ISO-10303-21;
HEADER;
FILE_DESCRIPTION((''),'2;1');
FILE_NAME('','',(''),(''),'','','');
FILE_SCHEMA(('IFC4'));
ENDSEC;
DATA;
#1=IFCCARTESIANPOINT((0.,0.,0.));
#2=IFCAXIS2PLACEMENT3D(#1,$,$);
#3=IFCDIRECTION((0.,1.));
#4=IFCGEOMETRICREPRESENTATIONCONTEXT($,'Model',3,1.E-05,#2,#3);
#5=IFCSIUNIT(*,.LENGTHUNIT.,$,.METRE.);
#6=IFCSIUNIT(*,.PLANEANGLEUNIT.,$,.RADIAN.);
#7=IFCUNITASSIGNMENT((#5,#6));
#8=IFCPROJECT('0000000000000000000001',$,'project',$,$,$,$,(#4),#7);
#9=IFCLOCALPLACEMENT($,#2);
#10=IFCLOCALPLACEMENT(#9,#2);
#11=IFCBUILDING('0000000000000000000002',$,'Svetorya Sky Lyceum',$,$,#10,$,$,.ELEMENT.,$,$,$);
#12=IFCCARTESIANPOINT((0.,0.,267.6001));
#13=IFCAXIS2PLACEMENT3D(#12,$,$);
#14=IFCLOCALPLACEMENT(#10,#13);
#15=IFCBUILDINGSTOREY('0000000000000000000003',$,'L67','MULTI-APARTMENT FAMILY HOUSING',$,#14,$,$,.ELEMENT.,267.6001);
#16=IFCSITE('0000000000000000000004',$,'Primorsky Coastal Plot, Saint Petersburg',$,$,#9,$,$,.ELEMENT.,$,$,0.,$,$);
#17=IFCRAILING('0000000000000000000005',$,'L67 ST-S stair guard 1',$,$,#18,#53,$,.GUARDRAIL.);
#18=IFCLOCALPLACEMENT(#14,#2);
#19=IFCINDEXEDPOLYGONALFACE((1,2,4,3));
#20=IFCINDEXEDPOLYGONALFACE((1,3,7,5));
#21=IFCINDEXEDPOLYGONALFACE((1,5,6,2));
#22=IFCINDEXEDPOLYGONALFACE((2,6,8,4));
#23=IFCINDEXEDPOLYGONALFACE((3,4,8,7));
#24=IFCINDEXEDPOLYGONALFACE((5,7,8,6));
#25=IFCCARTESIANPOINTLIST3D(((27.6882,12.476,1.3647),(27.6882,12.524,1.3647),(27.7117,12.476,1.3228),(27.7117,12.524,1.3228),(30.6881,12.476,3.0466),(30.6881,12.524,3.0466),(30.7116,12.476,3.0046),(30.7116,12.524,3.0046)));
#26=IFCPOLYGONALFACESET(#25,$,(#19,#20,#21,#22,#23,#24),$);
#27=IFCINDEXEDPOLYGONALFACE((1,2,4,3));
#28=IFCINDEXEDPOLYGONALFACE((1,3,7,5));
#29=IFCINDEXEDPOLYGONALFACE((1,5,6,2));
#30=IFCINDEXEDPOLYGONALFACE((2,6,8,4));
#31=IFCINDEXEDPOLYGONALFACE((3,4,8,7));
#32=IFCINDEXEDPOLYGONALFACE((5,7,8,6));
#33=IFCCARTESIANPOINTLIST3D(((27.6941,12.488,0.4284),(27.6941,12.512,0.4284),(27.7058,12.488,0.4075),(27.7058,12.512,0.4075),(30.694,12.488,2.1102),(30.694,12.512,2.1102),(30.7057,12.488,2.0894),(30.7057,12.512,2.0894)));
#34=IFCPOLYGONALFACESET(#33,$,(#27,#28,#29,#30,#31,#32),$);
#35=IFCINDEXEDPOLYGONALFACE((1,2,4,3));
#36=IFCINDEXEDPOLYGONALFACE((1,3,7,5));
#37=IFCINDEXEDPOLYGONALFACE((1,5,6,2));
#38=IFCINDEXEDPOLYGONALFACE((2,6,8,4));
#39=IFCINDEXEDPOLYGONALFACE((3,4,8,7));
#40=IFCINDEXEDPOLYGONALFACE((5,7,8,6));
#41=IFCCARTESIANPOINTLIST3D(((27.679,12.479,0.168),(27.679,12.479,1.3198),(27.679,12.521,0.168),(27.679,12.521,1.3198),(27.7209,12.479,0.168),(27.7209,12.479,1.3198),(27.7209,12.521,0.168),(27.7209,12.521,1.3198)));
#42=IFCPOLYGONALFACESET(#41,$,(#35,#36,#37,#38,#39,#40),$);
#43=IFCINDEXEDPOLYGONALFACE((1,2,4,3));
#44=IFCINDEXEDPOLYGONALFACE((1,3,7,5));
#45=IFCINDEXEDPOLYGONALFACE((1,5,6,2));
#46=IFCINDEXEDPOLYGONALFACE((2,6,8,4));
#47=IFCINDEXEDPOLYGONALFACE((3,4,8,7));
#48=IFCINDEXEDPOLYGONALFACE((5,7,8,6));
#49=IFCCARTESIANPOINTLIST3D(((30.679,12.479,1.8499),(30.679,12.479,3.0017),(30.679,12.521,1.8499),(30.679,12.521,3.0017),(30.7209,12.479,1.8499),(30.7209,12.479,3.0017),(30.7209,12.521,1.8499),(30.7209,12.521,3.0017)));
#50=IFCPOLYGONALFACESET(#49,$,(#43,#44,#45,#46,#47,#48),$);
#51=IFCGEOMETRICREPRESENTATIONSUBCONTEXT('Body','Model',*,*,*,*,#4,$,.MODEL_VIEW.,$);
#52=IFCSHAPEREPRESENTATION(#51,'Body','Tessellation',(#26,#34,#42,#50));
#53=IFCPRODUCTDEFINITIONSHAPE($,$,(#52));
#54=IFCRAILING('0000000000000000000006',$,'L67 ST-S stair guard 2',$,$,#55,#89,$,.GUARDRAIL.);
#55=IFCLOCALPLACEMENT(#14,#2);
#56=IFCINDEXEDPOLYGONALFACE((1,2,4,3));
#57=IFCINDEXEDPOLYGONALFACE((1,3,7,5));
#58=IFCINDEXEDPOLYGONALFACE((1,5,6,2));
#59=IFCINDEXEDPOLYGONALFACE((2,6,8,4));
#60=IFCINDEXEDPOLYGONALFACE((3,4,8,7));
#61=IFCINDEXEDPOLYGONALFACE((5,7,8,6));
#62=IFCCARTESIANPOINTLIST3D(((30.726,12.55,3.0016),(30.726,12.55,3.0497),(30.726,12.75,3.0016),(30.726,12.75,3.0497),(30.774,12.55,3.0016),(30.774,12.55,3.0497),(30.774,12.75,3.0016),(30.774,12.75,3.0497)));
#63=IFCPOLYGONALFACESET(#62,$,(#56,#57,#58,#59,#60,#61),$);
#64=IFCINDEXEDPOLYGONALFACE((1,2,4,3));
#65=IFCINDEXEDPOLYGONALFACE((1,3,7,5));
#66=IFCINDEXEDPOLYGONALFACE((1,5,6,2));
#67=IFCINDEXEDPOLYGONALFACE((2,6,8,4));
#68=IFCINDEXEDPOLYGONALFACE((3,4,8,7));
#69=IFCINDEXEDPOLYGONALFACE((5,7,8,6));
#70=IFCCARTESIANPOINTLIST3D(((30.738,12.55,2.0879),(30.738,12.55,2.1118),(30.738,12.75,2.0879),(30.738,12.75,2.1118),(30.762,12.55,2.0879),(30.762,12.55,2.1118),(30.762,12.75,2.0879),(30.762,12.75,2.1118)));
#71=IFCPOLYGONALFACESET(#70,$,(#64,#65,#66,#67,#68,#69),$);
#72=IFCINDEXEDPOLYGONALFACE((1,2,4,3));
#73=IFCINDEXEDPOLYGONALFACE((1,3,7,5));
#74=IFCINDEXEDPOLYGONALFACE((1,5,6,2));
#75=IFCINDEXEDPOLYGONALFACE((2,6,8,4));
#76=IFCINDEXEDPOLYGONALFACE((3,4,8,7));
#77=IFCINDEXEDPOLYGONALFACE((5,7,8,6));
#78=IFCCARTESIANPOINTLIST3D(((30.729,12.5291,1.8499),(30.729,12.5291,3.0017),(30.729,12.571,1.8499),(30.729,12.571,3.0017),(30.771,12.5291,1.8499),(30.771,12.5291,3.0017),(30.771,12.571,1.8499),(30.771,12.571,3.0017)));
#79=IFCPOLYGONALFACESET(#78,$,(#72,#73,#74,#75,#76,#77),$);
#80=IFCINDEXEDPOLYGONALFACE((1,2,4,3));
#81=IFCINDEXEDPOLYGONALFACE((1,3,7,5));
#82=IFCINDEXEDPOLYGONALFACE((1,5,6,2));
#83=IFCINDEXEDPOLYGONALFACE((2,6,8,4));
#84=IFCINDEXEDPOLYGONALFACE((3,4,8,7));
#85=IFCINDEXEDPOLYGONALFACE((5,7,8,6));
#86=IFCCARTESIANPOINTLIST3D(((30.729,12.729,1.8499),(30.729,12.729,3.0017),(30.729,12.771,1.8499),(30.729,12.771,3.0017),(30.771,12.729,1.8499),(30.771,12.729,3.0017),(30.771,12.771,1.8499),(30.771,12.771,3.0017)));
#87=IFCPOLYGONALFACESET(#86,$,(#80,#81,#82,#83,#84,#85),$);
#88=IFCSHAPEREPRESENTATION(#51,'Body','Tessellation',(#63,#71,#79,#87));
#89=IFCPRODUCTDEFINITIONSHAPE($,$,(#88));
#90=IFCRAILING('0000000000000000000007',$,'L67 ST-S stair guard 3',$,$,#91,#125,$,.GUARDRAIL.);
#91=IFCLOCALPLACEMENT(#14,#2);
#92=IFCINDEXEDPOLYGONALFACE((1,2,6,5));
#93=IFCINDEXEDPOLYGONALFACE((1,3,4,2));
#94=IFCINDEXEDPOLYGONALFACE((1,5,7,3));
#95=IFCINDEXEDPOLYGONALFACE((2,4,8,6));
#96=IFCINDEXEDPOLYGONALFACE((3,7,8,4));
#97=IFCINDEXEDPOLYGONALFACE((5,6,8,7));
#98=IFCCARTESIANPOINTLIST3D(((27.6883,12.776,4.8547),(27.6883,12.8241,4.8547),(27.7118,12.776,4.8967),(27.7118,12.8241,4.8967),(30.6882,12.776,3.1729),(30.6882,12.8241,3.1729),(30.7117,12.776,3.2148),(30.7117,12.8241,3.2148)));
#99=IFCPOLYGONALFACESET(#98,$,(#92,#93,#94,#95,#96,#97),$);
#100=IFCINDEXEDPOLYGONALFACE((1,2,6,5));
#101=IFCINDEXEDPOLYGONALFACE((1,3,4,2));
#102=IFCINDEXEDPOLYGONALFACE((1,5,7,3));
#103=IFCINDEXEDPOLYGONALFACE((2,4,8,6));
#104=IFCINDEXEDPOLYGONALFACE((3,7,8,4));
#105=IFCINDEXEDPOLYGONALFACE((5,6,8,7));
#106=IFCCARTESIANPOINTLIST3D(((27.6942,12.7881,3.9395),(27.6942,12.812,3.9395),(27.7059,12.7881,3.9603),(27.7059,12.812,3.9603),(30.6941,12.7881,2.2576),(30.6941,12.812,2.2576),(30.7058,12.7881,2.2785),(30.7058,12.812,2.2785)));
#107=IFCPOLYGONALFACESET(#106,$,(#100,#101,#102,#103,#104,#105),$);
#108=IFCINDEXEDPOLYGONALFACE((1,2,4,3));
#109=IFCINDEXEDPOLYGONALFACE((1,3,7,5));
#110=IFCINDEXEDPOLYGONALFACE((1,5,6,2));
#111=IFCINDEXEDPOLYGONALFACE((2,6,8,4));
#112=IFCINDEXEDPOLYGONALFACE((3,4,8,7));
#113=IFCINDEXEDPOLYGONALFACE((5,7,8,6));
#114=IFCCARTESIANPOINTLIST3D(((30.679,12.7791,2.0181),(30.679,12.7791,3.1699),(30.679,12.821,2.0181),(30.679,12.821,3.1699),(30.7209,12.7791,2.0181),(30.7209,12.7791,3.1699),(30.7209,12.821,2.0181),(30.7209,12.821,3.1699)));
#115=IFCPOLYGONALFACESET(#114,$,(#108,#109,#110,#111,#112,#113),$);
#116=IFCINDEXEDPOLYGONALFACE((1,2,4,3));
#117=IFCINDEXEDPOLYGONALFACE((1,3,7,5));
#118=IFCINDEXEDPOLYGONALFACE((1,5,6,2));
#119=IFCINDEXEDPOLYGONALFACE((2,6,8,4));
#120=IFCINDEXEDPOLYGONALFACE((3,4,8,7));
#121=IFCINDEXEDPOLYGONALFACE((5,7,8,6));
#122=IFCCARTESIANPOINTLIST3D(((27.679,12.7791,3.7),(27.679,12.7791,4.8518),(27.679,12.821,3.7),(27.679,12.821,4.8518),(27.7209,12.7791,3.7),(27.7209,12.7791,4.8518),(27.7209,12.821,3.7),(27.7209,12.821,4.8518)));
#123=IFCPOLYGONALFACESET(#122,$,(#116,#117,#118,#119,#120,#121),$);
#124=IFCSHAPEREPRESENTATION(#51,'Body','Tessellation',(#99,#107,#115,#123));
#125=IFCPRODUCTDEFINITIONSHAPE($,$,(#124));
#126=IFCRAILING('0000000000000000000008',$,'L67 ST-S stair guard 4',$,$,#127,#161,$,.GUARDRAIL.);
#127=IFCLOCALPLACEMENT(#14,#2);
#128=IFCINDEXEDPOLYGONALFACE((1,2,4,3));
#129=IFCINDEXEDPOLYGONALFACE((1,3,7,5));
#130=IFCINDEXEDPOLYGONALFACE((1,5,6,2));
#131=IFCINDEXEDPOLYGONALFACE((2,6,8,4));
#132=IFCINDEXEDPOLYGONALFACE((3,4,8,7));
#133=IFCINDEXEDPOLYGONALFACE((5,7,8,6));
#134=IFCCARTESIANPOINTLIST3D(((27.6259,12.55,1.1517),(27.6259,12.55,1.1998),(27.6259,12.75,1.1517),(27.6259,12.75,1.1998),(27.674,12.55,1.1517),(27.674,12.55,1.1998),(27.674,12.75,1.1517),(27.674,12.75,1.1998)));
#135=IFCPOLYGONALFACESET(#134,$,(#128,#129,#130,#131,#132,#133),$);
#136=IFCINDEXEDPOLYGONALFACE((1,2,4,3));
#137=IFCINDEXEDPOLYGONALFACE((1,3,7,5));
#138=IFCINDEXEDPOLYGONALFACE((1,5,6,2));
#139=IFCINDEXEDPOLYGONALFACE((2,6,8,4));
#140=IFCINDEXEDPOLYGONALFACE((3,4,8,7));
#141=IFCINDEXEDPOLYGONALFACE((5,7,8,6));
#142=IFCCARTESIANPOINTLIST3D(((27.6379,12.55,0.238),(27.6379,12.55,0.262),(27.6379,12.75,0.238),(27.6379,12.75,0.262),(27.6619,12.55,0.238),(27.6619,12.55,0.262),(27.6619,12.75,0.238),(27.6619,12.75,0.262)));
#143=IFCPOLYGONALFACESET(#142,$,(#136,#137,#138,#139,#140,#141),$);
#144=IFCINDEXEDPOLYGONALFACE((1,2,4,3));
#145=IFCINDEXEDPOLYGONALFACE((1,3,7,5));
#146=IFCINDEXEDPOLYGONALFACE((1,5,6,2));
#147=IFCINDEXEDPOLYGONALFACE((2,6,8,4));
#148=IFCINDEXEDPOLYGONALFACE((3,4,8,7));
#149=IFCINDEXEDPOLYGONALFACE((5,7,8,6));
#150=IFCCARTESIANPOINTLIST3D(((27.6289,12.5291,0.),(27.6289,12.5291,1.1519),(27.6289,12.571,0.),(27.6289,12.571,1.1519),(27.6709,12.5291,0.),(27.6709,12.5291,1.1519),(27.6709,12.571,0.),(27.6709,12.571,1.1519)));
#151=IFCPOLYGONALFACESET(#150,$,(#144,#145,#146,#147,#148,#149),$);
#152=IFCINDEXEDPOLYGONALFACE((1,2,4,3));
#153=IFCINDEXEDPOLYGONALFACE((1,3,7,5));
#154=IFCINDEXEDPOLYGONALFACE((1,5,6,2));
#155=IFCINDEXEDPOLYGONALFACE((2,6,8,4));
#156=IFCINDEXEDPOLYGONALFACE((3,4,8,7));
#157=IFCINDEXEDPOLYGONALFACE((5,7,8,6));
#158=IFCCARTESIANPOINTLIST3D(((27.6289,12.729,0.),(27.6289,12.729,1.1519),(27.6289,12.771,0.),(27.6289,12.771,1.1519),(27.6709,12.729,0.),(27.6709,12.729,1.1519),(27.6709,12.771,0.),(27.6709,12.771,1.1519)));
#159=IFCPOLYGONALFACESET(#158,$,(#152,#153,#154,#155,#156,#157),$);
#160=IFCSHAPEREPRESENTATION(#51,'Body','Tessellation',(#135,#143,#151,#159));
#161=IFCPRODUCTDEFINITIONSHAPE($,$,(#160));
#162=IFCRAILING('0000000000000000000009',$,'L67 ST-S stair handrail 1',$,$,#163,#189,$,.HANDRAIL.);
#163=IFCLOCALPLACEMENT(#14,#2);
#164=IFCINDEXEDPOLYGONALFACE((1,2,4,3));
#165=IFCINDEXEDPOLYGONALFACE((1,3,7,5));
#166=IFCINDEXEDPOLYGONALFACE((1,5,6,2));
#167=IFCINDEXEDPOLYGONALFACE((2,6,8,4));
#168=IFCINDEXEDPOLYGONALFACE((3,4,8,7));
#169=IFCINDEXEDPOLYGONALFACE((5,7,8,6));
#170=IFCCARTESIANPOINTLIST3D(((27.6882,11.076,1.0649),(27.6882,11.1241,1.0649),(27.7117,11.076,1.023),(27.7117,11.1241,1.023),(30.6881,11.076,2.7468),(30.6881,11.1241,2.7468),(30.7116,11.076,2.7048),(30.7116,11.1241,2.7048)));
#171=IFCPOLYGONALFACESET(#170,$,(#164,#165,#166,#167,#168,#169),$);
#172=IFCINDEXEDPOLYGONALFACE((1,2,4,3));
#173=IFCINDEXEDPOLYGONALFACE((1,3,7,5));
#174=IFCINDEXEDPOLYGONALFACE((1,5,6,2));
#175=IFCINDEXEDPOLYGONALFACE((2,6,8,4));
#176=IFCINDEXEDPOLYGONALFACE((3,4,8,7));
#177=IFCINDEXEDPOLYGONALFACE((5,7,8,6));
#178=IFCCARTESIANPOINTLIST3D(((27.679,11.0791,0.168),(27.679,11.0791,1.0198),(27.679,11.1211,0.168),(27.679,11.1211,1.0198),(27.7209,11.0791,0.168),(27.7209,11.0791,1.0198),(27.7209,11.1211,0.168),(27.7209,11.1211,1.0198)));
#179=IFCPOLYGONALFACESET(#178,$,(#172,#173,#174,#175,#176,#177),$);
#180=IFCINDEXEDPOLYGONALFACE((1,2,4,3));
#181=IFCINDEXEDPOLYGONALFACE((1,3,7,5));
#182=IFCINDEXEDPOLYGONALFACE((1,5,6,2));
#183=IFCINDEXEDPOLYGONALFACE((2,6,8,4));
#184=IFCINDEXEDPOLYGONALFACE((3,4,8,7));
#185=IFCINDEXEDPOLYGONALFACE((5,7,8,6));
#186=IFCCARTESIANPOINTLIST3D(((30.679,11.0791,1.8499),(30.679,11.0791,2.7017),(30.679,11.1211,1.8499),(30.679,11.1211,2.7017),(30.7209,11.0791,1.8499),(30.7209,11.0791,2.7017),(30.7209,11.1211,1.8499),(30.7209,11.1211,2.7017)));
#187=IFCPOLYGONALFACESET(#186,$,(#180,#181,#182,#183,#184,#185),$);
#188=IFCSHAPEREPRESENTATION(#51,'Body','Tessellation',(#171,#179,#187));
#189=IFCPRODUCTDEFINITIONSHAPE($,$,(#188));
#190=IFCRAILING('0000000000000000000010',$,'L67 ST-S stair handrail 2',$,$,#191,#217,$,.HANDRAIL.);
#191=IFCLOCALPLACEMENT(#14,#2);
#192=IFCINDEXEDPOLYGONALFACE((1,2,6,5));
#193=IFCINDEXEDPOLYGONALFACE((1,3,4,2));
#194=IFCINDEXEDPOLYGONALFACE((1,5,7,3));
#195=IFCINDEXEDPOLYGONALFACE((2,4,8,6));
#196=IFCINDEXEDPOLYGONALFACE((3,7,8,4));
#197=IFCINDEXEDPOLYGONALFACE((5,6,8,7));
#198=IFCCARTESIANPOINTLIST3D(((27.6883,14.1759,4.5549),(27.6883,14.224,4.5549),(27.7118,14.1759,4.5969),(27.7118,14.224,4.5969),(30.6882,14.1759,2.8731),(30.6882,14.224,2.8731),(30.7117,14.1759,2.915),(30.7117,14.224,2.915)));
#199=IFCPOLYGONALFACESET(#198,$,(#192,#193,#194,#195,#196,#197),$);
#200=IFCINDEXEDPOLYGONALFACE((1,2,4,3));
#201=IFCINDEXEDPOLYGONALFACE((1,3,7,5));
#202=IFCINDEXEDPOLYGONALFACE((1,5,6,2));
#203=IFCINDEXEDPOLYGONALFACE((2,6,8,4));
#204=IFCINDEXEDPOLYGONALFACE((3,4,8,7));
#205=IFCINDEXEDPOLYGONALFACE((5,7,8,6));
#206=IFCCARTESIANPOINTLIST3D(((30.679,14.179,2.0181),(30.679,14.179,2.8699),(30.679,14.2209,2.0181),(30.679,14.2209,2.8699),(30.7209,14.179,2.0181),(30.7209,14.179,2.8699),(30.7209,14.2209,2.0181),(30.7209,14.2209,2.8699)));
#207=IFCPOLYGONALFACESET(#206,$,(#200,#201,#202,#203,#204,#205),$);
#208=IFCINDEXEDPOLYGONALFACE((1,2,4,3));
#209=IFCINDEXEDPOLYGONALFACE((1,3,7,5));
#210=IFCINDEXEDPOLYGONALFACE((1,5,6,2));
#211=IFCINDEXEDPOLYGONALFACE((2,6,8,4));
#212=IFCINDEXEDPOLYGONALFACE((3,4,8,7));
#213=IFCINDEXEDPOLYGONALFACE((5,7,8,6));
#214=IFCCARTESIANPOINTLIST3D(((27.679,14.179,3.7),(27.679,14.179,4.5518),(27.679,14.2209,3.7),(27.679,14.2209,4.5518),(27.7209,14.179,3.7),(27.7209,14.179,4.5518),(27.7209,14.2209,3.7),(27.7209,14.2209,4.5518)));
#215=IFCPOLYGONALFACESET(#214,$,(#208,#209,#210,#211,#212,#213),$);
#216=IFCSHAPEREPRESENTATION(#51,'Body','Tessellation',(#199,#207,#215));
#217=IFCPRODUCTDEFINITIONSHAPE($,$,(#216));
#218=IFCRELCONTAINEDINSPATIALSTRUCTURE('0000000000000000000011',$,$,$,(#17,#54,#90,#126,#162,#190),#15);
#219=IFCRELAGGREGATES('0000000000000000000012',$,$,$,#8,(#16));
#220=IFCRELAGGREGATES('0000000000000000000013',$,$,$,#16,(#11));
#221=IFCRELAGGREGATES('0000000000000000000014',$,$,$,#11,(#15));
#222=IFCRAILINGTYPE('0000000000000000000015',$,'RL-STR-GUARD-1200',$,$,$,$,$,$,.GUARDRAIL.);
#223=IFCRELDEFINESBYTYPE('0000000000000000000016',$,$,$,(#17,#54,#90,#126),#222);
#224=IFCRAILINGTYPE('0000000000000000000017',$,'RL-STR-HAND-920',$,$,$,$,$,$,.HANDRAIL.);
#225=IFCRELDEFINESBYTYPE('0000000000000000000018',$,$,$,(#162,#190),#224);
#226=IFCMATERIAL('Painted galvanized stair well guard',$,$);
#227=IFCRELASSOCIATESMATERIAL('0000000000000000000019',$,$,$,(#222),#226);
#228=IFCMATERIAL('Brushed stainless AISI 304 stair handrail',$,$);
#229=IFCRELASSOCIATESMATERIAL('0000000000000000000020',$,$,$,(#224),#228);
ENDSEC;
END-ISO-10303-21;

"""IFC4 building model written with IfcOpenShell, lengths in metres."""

from ifc_helpers import new_model, si_unit, direction, frame, origin, origin_2d, place, context, subcontext, project, spatial, rectangle, extrude, material, type_object, element, save


model = new_model("IFC4")

# Units and contexts
model_context = context("Model", 3, precision=1e-05, world=origin(), true_north=direction((0.0, 1.0)))
body_context = subcontext(model_context, "Body", "Model", "MODEL_VIEW")
ifc_project = project(units=[si_unit("LENGTHUNIT", "METRE"), si_unit("PLANEANGLEUNIT", "RADIAN")], contexts=[model_context])

# Site, building, storey
site_placement = place(None, origin())
site = spatial("IfcSite", under=ifc_project, at=site_placement, Name="Primorsky Coastal Plot, Saint Petersburg", CompositionType="ELEMENT", RefElevation=0.0)
building_placement = place(site_placement, origin())
building = spatial("IfcBuilding", under=site, at=building_placement, Name="Svetorya Sky Lyceum", CompositionType="ELEMENT")
storey_placement = place(building_placement, frame((0.0, 0.0, 267.6001)))
storey = spatial("IfcBuildingStorey", under=building, at=storey_placement, Name="L67", Description="MULTI-APARTMENT FAMILY HOUSING", CompositionType="ELEMENT", Elevation=267.6001)

# Railings
ifc_material_1 = material(Name="Painted galvanized stair well guard")
railing_type_1 = type_object("IfcRailingType", Name="RL-STR-GUARD-1200", PredefinedType="GUARDRAIL", material=ifc_material_1)
railing_1_placement = place(storey_placement, frame((27.7, 12.5, 0.168)))
element("IfcRailing", 1, at=railing_1_placement, inside=storey, type_object=railing_type_1, Name="L67 ST-S stair guard 1", PredefinedType="GUARDRAIL", context=body_context, shape_type="SweptSolid", body=[
    extrude(rectangle(XDim=0.0481, YDim=0.0481, at=origin_2d()), frame((0.0, 0.0, 1.1758), z_axis=(0.872272, 0.0, 0.48902), x_axis=(0.0, 1.0, 0.0)), (0.0, 0.0, 1.0), 3.4392),
    extrude(rectangle(XDim=0.0239, YDim=0.0239, at=origin_2d()), frame((0.0, 0.0, 0.25), z_axis=(0.872272, 0.0, 0.48902), x_axis=(0.0, 1.0, 0.0)), (0.0, 0.0, 1.0), 3.4392),
    extrude(rectangle(XDim=0.042, YDim=0.042, at=origin_2d()), origin(), (0.0, 0.0, 1.0), 1.1519),
    extrude(rectangle(XDim=0.042, YDim=0.042, at=origin_2d()), frame((3.0, 0.0, 1.6819)), (0.0, 0.0, 1.0), 1.1519),
])
railing_2_placement = place(storey_placement, frame((30.75, 12.55, 1.8499)))
element("IfcRailing", 2, at=railing_2_placement, inside=storey, type_object=railing_type_1, Name="L67 ST-S stair guard 2", PredefinedType="GUARDRAIL", context=body_context, shape_type="SweptSolid", body=[
    extrude(rectangle(XDim=0.0481, YDim=0.0481, at=origin_2d()), frame((0.0, 0.0, 1.1758), z_axis=(0.0, 1.0, 0.0), x_axis=(-1.0, 0.0, 0.0)), (0.0, 0.0, 1.0), 0.2),
    extrude(rectangle(XDim=0.0239, YDim=0.0239, at=origin_2d()), frame((0.0, 0.0, 0.25), z_axis=(0.0, 1.0, 0.0), x_axis=(-1.0, 0.0, 0.0)), (0.0, 0.0, 1.0), 0.2),
    extrude(rectangle(XDim=0.042, YDim=0.042, at=origin_2d()), origin(), (0.0, 0.0, 1.0), 1.1519),
    extrude(rectangle(XDim=0.042, YDim=0.042, at=origin_2d()), frame((0.0, 0.2, 0.0)), (0.0, 0.0, 1.0), 1.1519),
])
railing_3_placement = place(storey_placement, frame((30.7, 12.8, 2.0181)))
element("IfcRailing", 3, at=railing_3_placement, inside=storey, type_object=railing_type_1, Name="L67 ST-S stair guard 3", PredefinedType="GUARDRAIL", context=body_context, shape_type="SweptSolid", body=[
    extrude(rectangle(XDim=0.0481, YDim=0.0481, at=origin_2d()), frame((0.0, 0.0, 1.1758), z_axis=(-0.872272, 0.0, 0.48902), x_axis=(0.0, -1.0, 0.0)), (0.0, 0.0, 1.0), 3.4392),
    extrude(rectangle(XDim=0.0239, YDim=0.0239, at=origin_2d()), frame((0.0, 0.0, 0.25), z_axis=(-0.872272, 0.0, 0.48902), x_axis=(0.0, -1.0, 0.0)), (0.0, 0.0, 1.0), 3.4392),
    extrude(rectangle(XDim=0.042, YDim=0.042, at=origin_2d()), origin(), (0.0, 0.0, 1.0), 1.1519),
    extrude(rectangle(XDim=0.042, YDim=0.042, at=origin_2d()), frame((-3.0, 0.0, 1.6819)), (0.0, 0.0, 1.0), 1.1519),
])
railing_4_placement = place(storey_placement, frame((27.6499, 12.55, 0.0)))
element("IfcRailing", 4, at=railing_4_placement, inside=storey, type_object=railing_type_1, Name="L67 ST-S stair guard 4", PredefinedType="GUARDRAIL", context=body_context, shape_type="SweptSolid", body=[
    extrude(rectangle(XDim=0.0481, YDim=0.0481, at=origin_2d()), frame((0.0, 0.0, 1.1758), z_axis=(0.0, 1.0, 0.0), x_axis=(-1.0, 0.0, 0.0)), (0.0, 0.0, 1.0), 0.2),
    extrude(rectangle(XDim=0.0239, YDim=0.0239, at=origin_2d()), frame((0.0, 0.0, 0.25), z_axis=(0.0, 1.0, 0.0), x_axis=(-1.0, 0.0, 0.0)), (0.0, 0.0, 1.0), 0.2),
    extrude(rectangle(XDim=0.042, YDim=0.042, at=origin_2d()), origin(), (0.0, 0.0, 1.0), 1.1519),
    extrude(rectangle(XDim=0.042, YDim=0.042, at=origin_2d()), frame((0.0, 0.2, 0.0)), (0.0, 0.0, 1.0), 1.1519),
])
ifc_material_2 = material(Name="Brushed stainless AISI 304 stair handrail")
railing_type_2 = type_object("IfcRailingType", Name="RL-STR-HAND-920", PredefinedType="HANDRAIL", material=ifc_material_2)
railing_5_placement = place(storey_placement, frame((27.7, 11.1001, 0.168)))
element("IfcRailing", 5, at=railing_5_placement, inside=storey, type_object=railing_type_2, Name="L67 ST-S stair handrail 1", PredefinedType="HANDRAIL", context=body_context, shape_type="SweptSolid", body=[
    extrude(rectangle(XDim=0.0481, YDim=0.0481, at=origin_2d()), frame((0.0, 0.0, 0.876), z_axis=(0.872272, 0.0, 0.48902), x_axis=(0.0, 1.0, 0.0)), (0.0, 0.0, 1.0), 3.4392),
    extrude(rectangle(XDim=0.042, YDim=0.042, at=origin_2d()), origin(), (0.0, 0.0, 1.0), 0.8518),
    extrude(rectangle(XDim=0.042, YDim=0.042, at=origin_2d()), frame((3.0, 0.0, 1.6819)), (0.0, 0.0, 1.0), 0.8518),
])
railing_6_placement = place(storey_placement, frame((30.7, 14.2, 2.0181)))
element("IfcRailing", 6, at=railing_6_placement, inside=storey, type_object=railing_type_2, Name="L67 ST-S stair handrail 2", PredefinedType="HANDRAIL", context=body_context, shape_type="SweptSolid", body=[
    extrude(rectangle(XDim=0.0481, YDim=0.0481, at=origin_2d()), frame((0.0, 0.0, 0.876), z_axis=(-0.872272, 0.0, 0.48902), x_axis=(0.0, -1.0, 0.0)), (0.0, 0.0, 1.0), 3.4392),
    extrude(rectangle(XDim=0.042, YDim=0.042, at=origin_2d()), origin(), (0.0, 0.0, 1.0), 0.8518),
    extrude(rectangle(XDim=0.042, YDim=0.042, at=origin_2d()), frame((-3.0, 0.0, 1.6819)), (0.0, 0.0, 1.0), 0.8518),
])

save(model, "model.ifc")
